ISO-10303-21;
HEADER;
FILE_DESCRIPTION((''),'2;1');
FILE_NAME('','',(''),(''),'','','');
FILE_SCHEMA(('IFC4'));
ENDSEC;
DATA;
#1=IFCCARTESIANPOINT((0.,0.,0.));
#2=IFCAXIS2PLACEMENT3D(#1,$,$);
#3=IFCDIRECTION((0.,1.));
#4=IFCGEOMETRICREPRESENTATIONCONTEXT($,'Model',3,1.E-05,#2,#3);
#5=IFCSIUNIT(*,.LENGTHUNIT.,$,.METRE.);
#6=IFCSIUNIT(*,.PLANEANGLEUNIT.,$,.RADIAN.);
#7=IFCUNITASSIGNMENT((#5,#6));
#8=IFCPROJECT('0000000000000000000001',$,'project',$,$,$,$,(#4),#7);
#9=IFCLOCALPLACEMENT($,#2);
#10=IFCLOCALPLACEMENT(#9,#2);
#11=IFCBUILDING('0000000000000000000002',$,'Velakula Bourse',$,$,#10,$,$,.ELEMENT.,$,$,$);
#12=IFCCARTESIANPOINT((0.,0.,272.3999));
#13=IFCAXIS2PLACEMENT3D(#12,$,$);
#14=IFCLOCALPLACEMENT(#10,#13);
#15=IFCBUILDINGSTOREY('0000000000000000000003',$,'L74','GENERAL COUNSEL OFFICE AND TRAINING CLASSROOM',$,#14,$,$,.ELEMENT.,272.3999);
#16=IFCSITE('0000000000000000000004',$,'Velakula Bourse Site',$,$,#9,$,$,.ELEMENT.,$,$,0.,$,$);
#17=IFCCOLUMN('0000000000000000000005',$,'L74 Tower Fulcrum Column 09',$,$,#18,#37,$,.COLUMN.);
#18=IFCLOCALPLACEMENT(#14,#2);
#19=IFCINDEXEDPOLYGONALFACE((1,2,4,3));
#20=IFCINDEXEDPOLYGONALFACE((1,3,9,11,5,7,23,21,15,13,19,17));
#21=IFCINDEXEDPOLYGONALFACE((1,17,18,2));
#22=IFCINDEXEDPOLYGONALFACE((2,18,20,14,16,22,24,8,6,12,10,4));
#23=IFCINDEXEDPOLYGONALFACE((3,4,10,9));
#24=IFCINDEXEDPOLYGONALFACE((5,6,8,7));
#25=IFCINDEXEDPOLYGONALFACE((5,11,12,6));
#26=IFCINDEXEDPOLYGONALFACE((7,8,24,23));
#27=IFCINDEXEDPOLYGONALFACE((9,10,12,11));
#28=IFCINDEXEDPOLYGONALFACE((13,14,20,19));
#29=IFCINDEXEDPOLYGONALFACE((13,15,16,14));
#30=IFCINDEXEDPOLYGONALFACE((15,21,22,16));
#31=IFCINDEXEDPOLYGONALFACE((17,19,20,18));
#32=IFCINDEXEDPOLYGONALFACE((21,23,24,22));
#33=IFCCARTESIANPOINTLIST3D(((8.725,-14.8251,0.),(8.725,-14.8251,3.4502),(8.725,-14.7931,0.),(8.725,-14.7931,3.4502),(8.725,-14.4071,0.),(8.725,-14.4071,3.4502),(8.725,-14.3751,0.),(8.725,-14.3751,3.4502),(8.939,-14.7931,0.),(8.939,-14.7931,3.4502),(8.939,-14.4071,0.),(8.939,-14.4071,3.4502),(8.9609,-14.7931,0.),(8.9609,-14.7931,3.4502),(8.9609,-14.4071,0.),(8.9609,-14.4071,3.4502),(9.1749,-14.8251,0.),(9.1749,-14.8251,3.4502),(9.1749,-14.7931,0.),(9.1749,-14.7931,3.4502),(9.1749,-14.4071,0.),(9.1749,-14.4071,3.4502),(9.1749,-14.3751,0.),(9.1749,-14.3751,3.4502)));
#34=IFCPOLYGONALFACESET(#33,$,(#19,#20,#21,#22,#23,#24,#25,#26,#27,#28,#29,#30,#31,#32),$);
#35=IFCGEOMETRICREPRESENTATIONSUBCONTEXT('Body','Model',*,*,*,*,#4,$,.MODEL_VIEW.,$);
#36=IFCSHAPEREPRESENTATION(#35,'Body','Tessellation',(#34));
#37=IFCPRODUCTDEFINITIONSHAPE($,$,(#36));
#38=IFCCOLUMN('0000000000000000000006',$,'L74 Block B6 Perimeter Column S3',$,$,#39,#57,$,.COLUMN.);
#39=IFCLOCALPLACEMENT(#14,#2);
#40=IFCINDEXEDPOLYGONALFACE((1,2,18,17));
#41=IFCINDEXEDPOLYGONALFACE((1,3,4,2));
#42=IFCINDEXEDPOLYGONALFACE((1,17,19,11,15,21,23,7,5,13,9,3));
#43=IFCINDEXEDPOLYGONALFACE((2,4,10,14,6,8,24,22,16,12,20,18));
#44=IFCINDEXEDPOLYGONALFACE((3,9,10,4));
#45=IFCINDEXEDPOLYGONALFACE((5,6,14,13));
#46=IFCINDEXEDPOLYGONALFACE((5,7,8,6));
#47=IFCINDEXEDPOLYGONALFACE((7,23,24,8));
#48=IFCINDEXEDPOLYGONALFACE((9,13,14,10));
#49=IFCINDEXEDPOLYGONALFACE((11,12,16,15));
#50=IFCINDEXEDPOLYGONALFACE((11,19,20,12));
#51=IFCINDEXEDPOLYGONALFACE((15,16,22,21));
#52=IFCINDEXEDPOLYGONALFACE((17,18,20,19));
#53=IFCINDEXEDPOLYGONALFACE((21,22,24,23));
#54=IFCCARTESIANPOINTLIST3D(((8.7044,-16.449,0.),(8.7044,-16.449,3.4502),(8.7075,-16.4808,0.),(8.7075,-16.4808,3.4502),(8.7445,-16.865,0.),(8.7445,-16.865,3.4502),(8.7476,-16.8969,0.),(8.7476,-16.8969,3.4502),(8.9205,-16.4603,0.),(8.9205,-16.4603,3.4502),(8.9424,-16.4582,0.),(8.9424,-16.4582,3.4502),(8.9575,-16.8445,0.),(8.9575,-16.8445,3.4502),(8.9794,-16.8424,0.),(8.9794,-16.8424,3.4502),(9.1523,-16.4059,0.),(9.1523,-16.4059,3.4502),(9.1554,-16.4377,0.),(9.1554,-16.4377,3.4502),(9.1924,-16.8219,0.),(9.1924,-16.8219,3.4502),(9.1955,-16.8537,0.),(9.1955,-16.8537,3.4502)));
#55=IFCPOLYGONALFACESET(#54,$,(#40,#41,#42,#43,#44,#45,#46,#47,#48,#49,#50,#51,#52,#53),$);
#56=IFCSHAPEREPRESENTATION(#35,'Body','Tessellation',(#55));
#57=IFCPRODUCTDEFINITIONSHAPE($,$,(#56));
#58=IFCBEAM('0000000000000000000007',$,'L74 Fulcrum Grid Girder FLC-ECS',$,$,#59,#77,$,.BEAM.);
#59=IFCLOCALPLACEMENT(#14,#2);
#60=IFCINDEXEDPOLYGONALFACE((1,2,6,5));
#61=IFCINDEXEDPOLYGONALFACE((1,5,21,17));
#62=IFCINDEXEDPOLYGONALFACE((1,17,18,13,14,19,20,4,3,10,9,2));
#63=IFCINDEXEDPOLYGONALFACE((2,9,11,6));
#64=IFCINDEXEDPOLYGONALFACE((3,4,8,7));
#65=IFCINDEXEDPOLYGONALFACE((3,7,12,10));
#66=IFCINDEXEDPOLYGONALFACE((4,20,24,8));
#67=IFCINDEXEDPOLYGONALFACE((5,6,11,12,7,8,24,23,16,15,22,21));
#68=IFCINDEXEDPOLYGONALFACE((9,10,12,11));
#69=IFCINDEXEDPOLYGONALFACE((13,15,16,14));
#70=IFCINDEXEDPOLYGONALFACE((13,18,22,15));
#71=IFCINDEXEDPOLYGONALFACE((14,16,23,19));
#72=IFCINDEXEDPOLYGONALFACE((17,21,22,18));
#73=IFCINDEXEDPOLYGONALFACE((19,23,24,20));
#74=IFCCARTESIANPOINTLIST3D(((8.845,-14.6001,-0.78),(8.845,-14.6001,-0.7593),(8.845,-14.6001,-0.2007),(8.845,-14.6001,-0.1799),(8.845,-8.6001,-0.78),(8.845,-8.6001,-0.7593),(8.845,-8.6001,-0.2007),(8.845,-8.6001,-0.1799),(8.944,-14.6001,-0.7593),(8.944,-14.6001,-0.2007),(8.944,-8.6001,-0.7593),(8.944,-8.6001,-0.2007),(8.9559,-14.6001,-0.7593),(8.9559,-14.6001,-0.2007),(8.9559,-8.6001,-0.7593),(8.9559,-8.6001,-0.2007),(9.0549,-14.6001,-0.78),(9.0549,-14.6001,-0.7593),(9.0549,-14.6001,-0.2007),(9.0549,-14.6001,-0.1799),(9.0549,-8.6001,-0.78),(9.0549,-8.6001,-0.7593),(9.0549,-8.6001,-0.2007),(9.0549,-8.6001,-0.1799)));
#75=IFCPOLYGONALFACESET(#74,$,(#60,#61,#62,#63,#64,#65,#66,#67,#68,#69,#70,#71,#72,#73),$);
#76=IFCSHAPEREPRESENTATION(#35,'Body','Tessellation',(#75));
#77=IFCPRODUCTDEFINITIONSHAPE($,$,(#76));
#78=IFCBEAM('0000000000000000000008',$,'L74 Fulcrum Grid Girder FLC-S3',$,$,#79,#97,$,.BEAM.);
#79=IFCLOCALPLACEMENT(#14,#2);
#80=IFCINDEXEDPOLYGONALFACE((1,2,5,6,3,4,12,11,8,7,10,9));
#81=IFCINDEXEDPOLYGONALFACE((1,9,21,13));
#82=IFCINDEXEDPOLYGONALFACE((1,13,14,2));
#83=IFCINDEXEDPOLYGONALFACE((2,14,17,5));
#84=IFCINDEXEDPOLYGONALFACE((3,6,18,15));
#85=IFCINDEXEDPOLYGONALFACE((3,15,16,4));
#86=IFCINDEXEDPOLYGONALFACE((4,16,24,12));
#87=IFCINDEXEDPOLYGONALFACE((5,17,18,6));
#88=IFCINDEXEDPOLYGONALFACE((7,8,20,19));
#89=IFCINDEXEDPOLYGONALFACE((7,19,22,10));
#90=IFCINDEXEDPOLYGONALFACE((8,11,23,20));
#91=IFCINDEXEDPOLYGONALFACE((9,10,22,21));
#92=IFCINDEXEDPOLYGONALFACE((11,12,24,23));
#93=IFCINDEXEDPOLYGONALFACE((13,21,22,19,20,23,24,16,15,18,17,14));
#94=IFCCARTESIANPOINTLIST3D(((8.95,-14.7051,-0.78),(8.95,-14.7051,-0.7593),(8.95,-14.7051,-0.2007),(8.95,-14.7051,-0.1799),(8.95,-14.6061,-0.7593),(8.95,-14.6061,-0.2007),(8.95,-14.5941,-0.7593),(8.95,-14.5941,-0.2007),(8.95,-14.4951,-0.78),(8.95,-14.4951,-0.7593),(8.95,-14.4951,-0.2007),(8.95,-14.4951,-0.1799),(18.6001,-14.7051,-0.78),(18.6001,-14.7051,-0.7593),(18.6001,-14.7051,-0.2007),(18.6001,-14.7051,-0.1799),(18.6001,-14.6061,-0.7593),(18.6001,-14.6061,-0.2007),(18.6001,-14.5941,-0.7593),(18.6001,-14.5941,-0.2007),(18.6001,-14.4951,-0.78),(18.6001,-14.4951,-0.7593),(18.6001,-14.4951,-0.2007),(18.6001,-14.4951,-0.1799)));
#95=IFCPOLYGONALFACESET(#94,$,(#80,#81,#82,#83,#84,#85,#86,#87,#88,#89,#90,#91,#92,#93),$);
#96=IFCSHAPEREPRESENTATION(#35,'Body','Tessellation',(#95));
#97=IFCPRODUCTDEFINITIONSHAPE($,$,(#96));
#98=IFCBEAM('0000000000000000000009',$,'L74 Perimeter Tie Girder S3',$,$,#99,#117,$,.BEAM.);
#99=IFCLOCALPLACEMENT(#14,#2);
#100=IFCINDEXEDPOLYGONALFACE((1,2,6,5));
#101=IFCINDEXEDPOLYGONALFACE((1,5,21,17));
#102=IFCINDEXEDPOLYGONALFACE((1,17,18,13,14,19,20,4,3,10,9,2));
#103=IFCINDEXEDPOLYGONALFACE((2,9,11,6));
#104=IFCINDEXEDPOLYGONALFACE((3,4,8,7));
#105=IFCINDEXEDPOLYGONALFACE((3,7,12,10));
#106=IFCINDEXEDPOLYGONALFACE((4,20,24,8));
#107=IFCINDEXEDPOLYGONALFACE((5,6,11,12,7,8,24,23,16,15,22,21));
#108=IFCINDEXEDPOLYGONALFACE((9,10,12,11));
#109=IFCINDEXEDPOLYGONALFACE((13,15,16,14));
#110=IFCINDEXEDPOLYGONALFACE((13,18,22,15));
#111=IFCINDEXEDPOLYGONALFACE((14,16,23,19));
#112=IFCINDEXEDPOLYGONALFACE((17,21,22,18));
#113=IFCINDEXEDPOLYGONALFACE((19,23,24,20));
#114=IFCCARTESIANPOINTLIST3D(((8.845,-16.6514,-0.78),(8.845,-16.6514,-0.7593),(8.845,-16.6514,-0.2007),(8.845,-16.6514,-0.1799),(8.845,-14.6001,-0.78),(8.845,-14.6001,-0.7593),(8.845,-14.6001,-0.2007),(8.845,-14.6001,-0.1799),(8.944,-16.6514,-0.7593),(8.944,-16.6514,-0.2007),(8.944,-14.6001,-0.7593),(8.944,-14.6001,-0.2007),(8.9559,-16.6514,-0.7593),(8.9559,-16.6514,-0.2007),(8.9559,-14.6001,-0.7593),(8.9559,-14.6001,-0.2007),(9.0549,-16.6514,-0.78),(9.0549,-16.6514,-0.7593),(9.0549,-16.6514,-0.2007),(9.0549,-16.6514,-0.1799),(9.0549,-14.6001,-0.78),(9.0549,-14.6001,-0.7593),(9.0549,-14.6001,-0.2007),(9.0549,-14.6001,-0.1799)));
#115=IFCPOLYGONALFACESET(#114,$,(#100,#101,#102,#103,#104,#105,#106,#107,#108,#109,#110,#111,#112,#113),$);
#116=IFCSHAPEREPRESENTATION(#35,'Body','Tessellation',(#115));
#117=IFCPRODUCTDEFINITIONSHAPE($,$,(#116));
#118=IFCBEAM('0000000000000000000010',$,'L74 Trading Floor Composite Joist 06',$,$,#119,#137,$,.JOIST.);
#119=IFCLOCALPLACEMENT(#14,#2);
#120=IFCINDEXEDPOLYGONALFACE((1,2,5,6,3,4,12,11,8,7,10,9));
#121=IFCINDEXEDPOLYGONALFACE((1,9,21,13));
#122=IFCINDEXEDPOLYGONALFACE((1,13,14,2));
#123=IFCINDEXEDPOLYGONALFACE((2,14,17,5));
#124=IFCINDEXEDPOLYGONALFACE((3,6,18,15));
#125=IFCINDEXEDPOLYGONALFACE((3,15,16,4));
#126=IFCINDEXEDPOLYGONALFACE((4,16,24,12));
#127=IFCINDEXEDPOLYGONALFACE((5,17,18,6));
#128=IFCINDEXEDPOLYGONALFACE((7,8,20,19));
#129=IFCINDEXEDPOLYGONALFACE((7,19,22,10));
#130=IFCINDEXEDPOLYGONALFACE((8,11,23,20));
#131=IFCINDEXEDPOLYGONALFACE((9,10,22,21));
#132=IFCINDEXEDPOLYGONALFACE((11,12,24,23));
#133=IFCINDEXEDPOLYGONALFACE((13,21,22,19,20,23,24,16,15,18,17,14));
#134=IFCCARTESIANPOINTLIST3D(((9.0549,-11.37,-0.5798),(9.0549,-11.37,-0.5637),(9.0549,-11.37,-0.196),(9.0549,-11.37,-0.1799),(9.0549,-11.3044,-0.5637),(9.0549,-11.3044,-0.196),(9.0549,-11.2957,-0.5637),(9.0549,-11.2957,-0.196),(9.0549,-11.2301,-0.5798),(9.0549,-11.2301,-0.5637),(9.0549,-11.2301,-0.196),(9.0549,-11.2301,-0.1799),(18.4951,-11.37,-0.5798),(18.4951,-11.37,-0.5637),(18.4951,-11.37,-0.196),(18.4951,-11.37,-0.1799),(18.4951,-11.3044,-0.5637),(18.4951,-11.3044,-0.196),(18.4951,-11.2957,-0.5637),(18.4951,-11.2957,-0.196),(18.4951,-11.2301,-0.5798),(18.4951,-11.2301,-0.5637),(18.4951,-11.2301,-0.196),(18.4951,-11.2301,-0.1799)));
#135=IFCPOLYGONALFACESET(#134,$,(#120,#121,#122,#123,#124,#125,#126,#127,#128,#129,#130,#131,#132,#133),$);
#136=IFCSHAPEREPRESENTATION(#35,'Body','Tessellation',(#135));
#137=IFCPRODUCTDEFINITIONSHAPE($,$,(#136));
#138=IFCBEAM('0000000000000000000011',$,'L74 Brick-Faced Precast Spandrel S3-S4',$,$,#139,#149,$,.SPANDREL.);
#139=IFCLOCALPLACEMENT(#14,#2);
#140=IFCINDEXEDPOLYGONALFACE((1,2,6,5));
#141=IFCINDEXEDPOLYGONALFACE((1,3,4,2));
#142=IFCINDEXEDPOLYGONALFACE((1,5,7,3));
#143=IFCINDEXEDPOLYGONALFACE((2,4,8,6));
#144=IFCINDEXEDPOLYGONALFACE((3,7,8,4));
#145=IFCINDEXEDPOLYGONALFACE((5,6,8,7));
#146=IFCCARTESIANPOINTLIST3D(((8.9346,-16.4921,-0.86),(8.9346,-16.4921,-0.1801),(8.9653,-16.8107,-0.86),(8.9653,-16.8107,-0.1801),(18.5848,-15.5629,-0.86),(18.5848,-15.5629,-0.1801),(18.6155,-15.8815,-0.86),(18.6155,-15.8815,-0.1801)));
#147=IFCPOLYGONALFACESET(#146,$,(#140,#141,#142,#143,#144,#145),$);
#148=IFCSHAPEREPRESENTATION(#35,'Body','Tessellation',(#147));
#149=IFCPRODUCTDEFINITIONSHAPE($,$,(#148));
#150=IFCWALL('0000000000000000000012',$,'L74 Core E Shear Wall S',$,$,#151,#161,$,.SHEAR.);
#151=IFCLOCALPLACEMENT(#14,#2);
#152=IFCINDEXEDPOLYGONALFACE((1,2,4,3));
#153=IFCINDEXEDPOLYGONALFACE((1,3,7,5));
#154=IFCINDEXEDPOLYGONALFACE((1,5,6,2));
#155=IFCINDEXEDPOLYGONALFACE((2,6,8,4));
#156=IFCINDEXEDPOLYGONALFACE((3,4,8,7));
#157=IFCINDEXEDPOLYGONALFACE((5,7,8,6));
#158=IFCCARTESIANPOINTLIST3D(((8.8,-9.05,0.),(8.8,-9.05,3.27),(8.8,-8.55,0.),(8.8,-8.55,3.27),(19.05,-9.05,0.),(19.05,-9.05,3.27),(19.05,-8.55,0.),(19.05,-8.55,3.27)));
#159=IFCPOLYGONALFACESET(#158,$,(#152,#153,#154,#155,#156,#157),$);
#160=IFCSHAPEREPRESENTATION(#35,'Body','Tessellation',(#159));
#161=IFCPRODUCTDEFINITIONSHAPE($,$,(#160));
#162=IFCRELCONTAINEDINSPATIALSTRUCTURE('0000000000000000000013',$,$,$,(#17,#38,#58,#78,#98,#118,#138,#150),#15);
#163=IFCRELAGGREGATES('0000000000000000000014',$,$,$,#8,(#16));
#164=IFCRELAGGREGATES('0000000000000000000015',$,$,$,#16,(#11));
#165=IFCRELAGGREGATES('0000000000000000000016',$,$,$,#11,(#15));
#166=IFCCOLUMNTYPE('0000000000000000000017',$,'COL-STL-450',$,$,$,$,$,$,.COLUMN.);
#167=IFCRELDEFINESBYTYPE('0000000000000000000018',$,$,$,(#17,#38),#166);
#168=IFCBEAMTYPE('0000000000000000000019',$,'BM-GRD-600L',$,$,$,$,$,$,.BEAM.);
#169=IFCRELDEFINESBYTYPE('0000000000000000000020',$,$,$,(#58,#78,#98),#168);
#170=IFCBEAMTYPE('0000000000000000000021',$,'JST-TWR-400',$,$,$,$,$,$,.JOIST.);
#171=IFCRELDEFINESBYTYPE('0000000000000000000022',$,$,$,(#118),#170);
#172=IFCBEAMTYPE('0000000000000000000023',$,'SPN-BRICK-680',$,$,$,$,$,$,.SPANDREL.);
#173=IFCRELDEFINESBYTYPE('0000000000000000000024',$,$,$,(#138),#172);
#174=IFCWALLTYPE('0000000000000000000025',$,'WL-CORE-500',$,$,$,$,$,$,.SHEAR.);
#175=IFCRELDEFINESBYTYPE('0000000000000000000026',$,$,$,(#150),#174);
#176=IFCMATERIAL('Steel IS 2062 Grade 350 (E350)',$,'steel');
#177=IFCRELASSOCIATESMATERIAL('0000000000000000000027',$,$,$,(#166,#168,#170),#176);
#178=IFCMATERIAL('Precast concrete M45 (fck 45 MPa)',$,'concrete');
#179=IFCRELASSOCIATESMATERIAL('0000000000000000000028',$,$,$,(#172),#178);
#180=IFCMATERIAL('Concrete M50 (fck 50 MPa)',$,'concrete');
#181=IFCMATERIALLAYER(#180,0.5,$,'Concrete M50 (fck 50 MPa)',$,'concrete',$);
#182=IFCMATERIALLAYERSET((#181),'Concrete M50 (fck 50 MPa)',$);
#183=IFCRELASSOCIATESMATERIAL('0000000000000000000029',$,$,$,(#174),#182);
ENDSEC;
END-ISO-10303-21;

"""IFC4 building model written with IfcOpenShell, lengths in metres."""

from ifc_helpers import new_model, si_unit, direction, frame, frame_2d, origin, origin_2d, place, context, subcontext, project, spatial, rectangle, i_section, extrude, material, layer, layer_set, material_profile, profile_set, type_object, element, save


model = new_model("IFC4")

# Units and contexts
model_context = context("Model", 3, precision=1e-05, world=origin(), true_north=direction((0.0, 1.0)))
body_context = subcontext(model_context, "Body", "Model", "MODEL_VIEW")
ifc_project = project(units=[si_unit("LENGTHUNIT", "METRE"), si_unit("PLANEANGLEUNIT", "RADIAN")], contexts=[model_context])

# Site, building, storey
site_placement = place(None, origin())
site = spatial("IfcSite", under=ifc_project, at=site_placement, Name="Velakula Bourse Site", CompositionType="ELEMENT", RefElevation=0.0)
building_placement = place(site_placement, origin())
building = spatial("IfcBuilding", under=site, at=building_placement, Name="Velakula Bourse", CompositionType="ELEMENT")
storey_placement = place(building_placement, frame((0.0, 0.0, 272.3999)))
storey = spatial("IfcBuildingStorey", under=building, at=storey_placement, Name="L74", Description="GENERAL COUNSEL OFFICE AND TRAINING CLASSROOM", CompositionType="ELEMENT", Elevation=272.3999)

# Columns
ifc_material_1 = material(Name="Steel IS 2062 Grade 350 (E350)", Category="steel")
ifc_material_profile_1 = material_profile(ifc_material_1, i_section(OverallWidth=0.45, OverallDepth=0.45, WebThickness=0.022, FlangeThickness=0.032, at=origin_2d()), Name="Steel IS 2062 Grade 350 (E350)")
ifc_profile_set_1 = profile_set([ifc_material_profile_1], Name="Steel IS 2062 Grade 350 (E350)")
column_type = type_object("IfcColumnType", Name="COL-STL-450", PredefinedType="COLUMN", material=ifc_profile_set_1)
for number, where, z_axis, x_axis, name in (
    (1, (8.95, -14.6001, 0.0), (0.0, 0.0, 1.0), (1.0, 0.0, 0.0), "L74 Tower Fulcrum Column 09"),
    (2, (8.95, -16.6514, 0.0), (0.0, 0.0, 1.0), (0.995396, 0.095846, 0.0), "L74 Block B6 Perimeter Column S3"),
):
    element("IfcColumn", number, at=place(storey_placement, frame(where, z_axis=z_axis, x_axis=x_axis)), inside=storey, type_object=column_type, Name=name, PredefinedType="COLUMN", context=body_context, shape_type="SweptSolid", body=[
        extrude(i_section(OverallWidth=0.45, OverallDepth=0.45, WebThickness=0.022, FlangeThickness=0.032, at=origin_2d()), origin(), (0.0, 0.0, 1.0), 3.4502),
    ])

# Beams
ifc_material_profile_2 = material_profile(ifc_material_1, i_section(OverallWidth=0.21, OverallDepth=0.6001, WebThickness=0.012, FlangeThickness=0.0208, at=origin_2d()), Name="Steel IS 2062 Grade 350 (E350)")
ifc_profile_set_2 = profile_set([ifc_material_profile_2], Name="Steel IS 2062 Grade 350 (E350)")
beam_type_1 = type_object("IfcBeamType", Name="BM-GRD-600L", PredefinedType="BEAM", material=ifc_profile_set_2)
beam_1_placement = place(storey_placement, frame((8.95, -14.6001, -0.48), z_axis=(0.0, 1.0, 0.0), x_axis=(-1.0, 0.0, 0.0)))
element("IfcBeam", 3, at=beam_1_placement, inside=storey, type_object=beam_type_1, Name="L74 Fulcrum Grid Girder FLC-ECS", PredefinedType="BEAM", context=body_context, shape_type="SweptSolid", body=[
    extrude(i_section(OverallWidth=0.21, OverallDepth=0.6001, WebThickness=0.012, FlangeThickness=0.0208, at=origin_2d()), origin(), (0.0, 0.0, 1.0), 6.0),
])
beam_2_placement = place(storey_placement, frame((8.95, -14.6001, -0.48), z_axis=(1.0, 0.0, 0.0), x_axis=(0.0, 1.0, 0.0)))
element("IfcBeam", 4, at=beam_2_placement, inside=storey, type_object=beam_type_1, Name="L74 Fulcrum Grid Girder FLC-S3", PredefinedType="BEAM", context=body_context, shape_type="SweptSolid", body=[
    extrude(i_section(OverallWidth=0.21, OverallDepth=0.6001, WebThickness=0.012, FlangeThickness=0.0208, at=origin_2d()), origin(), (0.0, 0.0, 1.0), 9.6501),
])
beam_3_placement = place(storey_placement, frame((8.95, -14.6001, -0.48), z_axis=(0.0, -1.0, 0.0), x_axis=(1.0, 0.0, 0.0)))
element("IfcBeam", 5, at=beam_3_placement, inside=storey, type_object=beam_type_1, Name="L74 Perimeter Tie Girder S3", PredefinedType="BEAM", context=body_context, shape_type="SweptSolid", body=[
    extrude(i_section(OverallWidth=0.21, OverallDepth=0.6001, WebThickness=0.012, FlangeThickness=0.0208, at=origin_2d()), origin(), (0.0, 0.0, 1.0), 2.0513),
])
ifc_material_profile_3 = material_profile(ifc_material_1, i_section(OverallWidth=0.1399, OverallDepth=0.3999, WebThickness=0.0088, FlangeThickness=0.0161, at=origin_2d()), Name="Steel IS 2062 Grade 350 (E350)")
ifc_profile_set_3 = profile_set([ifc_material_profile_3], Name="Steel IS 2062 Grade 350 (E350)")
beam_type_2 = type_object("IfcBeamType", Name="JST-TWR-400", PredefinedType="JOIST", material=ifc_profile_set_3)
beam_4_placement = place(storey_placement, frame((9.0549, -11.3, -0.3799), z_axis=(1.0, 0.0, 0.0), x_axis=(0.0, 1.0, 0.0)))
element("IfcBeam", 6, at=beam_4_placement, inside=storey, type_object=beam_type_2, Name="L74 Trading Floor Composite Joist 06", PredefinedType="JOIST", context=body_context, shape_type="SweptSolid", body=[
    extrude(i_section(OverallWidth=0.1399, OverallDepth=0.3999, WebThickness=0.0088, FlangeThickness=0.0161, at=origin_2d()), origin(), (0.0, 0.0, 1.0), 9.4402),
])
ifc_material_2 = material(Name="Precast concrete M45 (fck 45 MPa)", Category="concrete")
ifc_material_profile_4 = material_profile(ifc_material_2, rectangle(XDim=0.3201, YDim=0.6799, at=origin_2d()), Name="Precast concrete M45 (fck 45 MPa)")
ifc_profile_set_4 = profile_set([ifc_material_profile_4], Name="Precast concrete M45 (fck 45 MPa)")
beam_type_3 = type_object("IfcBeamType", Name="SPN-BRICK-680", PredefinedType="SPANDREL", material=ifc_profile_set_4)
beam_5_placement = place(storey_placement, frame((8.95, -16.6514, -0.52), z_axis=(0.995396, 0.095845, 0.0), x_axis=(-0.095845, 0.995396, 0.0)))
element("IfcBeam", 7, at=beam_5_placement, inside=storey, type_object=beam_type_3, Name="L74 Brick-Faced Precast Spandrel S3-S4", PredefinedType="SPANDREL", context=body_context, shape_type="SweptSolid", body=[
    extrude(rectangle(XDim=0.3201, YDim=0.6799, at=origin_2d()), origin(), (0.0, 0.0, 1.0), 9.6948),
])

# Wall
ifc_material_3 = material(Name="Concrete M50 (fck 50 MPa)", Category="concrete")
ifc_layer_1 = layer(ifc_material_3, 0.5, Name="Concrete M50 (fck 50 MPa)", Category="concrete")
ifc_layer_set_1 = layer_set([ifc_layer_1], Name="Concrete M50 (fck 50 MPa)")
wall_type_1 = type_object("IfcWallType", Name="WL-CORE-500", PredefinedType="SHEAR", material=ifc_layer_set_1)
wall_1_placement = place(storey_placement, frame((8.8, -8.8, 0.0), z_axis=(0.0, 0.0, 1.0), x_axis=(1.0, 0.0, 0.0)))
element("IfcWall", 8, at=wall_1_placement, inside=storey, type_object=wall_type_1, Name="L74 Core E Shear Wall S", PredefinedType="SHEAR", context=body_context, shape_type="SweptSolid", body=[
    extrude(rectangle(XDim=10.25, YDim=0.5, at=frame_2d((5.125, 0.0))), origin(), (0.0, 0.0, 1.0), 3.27),
])

save(model, "model.ifc")
